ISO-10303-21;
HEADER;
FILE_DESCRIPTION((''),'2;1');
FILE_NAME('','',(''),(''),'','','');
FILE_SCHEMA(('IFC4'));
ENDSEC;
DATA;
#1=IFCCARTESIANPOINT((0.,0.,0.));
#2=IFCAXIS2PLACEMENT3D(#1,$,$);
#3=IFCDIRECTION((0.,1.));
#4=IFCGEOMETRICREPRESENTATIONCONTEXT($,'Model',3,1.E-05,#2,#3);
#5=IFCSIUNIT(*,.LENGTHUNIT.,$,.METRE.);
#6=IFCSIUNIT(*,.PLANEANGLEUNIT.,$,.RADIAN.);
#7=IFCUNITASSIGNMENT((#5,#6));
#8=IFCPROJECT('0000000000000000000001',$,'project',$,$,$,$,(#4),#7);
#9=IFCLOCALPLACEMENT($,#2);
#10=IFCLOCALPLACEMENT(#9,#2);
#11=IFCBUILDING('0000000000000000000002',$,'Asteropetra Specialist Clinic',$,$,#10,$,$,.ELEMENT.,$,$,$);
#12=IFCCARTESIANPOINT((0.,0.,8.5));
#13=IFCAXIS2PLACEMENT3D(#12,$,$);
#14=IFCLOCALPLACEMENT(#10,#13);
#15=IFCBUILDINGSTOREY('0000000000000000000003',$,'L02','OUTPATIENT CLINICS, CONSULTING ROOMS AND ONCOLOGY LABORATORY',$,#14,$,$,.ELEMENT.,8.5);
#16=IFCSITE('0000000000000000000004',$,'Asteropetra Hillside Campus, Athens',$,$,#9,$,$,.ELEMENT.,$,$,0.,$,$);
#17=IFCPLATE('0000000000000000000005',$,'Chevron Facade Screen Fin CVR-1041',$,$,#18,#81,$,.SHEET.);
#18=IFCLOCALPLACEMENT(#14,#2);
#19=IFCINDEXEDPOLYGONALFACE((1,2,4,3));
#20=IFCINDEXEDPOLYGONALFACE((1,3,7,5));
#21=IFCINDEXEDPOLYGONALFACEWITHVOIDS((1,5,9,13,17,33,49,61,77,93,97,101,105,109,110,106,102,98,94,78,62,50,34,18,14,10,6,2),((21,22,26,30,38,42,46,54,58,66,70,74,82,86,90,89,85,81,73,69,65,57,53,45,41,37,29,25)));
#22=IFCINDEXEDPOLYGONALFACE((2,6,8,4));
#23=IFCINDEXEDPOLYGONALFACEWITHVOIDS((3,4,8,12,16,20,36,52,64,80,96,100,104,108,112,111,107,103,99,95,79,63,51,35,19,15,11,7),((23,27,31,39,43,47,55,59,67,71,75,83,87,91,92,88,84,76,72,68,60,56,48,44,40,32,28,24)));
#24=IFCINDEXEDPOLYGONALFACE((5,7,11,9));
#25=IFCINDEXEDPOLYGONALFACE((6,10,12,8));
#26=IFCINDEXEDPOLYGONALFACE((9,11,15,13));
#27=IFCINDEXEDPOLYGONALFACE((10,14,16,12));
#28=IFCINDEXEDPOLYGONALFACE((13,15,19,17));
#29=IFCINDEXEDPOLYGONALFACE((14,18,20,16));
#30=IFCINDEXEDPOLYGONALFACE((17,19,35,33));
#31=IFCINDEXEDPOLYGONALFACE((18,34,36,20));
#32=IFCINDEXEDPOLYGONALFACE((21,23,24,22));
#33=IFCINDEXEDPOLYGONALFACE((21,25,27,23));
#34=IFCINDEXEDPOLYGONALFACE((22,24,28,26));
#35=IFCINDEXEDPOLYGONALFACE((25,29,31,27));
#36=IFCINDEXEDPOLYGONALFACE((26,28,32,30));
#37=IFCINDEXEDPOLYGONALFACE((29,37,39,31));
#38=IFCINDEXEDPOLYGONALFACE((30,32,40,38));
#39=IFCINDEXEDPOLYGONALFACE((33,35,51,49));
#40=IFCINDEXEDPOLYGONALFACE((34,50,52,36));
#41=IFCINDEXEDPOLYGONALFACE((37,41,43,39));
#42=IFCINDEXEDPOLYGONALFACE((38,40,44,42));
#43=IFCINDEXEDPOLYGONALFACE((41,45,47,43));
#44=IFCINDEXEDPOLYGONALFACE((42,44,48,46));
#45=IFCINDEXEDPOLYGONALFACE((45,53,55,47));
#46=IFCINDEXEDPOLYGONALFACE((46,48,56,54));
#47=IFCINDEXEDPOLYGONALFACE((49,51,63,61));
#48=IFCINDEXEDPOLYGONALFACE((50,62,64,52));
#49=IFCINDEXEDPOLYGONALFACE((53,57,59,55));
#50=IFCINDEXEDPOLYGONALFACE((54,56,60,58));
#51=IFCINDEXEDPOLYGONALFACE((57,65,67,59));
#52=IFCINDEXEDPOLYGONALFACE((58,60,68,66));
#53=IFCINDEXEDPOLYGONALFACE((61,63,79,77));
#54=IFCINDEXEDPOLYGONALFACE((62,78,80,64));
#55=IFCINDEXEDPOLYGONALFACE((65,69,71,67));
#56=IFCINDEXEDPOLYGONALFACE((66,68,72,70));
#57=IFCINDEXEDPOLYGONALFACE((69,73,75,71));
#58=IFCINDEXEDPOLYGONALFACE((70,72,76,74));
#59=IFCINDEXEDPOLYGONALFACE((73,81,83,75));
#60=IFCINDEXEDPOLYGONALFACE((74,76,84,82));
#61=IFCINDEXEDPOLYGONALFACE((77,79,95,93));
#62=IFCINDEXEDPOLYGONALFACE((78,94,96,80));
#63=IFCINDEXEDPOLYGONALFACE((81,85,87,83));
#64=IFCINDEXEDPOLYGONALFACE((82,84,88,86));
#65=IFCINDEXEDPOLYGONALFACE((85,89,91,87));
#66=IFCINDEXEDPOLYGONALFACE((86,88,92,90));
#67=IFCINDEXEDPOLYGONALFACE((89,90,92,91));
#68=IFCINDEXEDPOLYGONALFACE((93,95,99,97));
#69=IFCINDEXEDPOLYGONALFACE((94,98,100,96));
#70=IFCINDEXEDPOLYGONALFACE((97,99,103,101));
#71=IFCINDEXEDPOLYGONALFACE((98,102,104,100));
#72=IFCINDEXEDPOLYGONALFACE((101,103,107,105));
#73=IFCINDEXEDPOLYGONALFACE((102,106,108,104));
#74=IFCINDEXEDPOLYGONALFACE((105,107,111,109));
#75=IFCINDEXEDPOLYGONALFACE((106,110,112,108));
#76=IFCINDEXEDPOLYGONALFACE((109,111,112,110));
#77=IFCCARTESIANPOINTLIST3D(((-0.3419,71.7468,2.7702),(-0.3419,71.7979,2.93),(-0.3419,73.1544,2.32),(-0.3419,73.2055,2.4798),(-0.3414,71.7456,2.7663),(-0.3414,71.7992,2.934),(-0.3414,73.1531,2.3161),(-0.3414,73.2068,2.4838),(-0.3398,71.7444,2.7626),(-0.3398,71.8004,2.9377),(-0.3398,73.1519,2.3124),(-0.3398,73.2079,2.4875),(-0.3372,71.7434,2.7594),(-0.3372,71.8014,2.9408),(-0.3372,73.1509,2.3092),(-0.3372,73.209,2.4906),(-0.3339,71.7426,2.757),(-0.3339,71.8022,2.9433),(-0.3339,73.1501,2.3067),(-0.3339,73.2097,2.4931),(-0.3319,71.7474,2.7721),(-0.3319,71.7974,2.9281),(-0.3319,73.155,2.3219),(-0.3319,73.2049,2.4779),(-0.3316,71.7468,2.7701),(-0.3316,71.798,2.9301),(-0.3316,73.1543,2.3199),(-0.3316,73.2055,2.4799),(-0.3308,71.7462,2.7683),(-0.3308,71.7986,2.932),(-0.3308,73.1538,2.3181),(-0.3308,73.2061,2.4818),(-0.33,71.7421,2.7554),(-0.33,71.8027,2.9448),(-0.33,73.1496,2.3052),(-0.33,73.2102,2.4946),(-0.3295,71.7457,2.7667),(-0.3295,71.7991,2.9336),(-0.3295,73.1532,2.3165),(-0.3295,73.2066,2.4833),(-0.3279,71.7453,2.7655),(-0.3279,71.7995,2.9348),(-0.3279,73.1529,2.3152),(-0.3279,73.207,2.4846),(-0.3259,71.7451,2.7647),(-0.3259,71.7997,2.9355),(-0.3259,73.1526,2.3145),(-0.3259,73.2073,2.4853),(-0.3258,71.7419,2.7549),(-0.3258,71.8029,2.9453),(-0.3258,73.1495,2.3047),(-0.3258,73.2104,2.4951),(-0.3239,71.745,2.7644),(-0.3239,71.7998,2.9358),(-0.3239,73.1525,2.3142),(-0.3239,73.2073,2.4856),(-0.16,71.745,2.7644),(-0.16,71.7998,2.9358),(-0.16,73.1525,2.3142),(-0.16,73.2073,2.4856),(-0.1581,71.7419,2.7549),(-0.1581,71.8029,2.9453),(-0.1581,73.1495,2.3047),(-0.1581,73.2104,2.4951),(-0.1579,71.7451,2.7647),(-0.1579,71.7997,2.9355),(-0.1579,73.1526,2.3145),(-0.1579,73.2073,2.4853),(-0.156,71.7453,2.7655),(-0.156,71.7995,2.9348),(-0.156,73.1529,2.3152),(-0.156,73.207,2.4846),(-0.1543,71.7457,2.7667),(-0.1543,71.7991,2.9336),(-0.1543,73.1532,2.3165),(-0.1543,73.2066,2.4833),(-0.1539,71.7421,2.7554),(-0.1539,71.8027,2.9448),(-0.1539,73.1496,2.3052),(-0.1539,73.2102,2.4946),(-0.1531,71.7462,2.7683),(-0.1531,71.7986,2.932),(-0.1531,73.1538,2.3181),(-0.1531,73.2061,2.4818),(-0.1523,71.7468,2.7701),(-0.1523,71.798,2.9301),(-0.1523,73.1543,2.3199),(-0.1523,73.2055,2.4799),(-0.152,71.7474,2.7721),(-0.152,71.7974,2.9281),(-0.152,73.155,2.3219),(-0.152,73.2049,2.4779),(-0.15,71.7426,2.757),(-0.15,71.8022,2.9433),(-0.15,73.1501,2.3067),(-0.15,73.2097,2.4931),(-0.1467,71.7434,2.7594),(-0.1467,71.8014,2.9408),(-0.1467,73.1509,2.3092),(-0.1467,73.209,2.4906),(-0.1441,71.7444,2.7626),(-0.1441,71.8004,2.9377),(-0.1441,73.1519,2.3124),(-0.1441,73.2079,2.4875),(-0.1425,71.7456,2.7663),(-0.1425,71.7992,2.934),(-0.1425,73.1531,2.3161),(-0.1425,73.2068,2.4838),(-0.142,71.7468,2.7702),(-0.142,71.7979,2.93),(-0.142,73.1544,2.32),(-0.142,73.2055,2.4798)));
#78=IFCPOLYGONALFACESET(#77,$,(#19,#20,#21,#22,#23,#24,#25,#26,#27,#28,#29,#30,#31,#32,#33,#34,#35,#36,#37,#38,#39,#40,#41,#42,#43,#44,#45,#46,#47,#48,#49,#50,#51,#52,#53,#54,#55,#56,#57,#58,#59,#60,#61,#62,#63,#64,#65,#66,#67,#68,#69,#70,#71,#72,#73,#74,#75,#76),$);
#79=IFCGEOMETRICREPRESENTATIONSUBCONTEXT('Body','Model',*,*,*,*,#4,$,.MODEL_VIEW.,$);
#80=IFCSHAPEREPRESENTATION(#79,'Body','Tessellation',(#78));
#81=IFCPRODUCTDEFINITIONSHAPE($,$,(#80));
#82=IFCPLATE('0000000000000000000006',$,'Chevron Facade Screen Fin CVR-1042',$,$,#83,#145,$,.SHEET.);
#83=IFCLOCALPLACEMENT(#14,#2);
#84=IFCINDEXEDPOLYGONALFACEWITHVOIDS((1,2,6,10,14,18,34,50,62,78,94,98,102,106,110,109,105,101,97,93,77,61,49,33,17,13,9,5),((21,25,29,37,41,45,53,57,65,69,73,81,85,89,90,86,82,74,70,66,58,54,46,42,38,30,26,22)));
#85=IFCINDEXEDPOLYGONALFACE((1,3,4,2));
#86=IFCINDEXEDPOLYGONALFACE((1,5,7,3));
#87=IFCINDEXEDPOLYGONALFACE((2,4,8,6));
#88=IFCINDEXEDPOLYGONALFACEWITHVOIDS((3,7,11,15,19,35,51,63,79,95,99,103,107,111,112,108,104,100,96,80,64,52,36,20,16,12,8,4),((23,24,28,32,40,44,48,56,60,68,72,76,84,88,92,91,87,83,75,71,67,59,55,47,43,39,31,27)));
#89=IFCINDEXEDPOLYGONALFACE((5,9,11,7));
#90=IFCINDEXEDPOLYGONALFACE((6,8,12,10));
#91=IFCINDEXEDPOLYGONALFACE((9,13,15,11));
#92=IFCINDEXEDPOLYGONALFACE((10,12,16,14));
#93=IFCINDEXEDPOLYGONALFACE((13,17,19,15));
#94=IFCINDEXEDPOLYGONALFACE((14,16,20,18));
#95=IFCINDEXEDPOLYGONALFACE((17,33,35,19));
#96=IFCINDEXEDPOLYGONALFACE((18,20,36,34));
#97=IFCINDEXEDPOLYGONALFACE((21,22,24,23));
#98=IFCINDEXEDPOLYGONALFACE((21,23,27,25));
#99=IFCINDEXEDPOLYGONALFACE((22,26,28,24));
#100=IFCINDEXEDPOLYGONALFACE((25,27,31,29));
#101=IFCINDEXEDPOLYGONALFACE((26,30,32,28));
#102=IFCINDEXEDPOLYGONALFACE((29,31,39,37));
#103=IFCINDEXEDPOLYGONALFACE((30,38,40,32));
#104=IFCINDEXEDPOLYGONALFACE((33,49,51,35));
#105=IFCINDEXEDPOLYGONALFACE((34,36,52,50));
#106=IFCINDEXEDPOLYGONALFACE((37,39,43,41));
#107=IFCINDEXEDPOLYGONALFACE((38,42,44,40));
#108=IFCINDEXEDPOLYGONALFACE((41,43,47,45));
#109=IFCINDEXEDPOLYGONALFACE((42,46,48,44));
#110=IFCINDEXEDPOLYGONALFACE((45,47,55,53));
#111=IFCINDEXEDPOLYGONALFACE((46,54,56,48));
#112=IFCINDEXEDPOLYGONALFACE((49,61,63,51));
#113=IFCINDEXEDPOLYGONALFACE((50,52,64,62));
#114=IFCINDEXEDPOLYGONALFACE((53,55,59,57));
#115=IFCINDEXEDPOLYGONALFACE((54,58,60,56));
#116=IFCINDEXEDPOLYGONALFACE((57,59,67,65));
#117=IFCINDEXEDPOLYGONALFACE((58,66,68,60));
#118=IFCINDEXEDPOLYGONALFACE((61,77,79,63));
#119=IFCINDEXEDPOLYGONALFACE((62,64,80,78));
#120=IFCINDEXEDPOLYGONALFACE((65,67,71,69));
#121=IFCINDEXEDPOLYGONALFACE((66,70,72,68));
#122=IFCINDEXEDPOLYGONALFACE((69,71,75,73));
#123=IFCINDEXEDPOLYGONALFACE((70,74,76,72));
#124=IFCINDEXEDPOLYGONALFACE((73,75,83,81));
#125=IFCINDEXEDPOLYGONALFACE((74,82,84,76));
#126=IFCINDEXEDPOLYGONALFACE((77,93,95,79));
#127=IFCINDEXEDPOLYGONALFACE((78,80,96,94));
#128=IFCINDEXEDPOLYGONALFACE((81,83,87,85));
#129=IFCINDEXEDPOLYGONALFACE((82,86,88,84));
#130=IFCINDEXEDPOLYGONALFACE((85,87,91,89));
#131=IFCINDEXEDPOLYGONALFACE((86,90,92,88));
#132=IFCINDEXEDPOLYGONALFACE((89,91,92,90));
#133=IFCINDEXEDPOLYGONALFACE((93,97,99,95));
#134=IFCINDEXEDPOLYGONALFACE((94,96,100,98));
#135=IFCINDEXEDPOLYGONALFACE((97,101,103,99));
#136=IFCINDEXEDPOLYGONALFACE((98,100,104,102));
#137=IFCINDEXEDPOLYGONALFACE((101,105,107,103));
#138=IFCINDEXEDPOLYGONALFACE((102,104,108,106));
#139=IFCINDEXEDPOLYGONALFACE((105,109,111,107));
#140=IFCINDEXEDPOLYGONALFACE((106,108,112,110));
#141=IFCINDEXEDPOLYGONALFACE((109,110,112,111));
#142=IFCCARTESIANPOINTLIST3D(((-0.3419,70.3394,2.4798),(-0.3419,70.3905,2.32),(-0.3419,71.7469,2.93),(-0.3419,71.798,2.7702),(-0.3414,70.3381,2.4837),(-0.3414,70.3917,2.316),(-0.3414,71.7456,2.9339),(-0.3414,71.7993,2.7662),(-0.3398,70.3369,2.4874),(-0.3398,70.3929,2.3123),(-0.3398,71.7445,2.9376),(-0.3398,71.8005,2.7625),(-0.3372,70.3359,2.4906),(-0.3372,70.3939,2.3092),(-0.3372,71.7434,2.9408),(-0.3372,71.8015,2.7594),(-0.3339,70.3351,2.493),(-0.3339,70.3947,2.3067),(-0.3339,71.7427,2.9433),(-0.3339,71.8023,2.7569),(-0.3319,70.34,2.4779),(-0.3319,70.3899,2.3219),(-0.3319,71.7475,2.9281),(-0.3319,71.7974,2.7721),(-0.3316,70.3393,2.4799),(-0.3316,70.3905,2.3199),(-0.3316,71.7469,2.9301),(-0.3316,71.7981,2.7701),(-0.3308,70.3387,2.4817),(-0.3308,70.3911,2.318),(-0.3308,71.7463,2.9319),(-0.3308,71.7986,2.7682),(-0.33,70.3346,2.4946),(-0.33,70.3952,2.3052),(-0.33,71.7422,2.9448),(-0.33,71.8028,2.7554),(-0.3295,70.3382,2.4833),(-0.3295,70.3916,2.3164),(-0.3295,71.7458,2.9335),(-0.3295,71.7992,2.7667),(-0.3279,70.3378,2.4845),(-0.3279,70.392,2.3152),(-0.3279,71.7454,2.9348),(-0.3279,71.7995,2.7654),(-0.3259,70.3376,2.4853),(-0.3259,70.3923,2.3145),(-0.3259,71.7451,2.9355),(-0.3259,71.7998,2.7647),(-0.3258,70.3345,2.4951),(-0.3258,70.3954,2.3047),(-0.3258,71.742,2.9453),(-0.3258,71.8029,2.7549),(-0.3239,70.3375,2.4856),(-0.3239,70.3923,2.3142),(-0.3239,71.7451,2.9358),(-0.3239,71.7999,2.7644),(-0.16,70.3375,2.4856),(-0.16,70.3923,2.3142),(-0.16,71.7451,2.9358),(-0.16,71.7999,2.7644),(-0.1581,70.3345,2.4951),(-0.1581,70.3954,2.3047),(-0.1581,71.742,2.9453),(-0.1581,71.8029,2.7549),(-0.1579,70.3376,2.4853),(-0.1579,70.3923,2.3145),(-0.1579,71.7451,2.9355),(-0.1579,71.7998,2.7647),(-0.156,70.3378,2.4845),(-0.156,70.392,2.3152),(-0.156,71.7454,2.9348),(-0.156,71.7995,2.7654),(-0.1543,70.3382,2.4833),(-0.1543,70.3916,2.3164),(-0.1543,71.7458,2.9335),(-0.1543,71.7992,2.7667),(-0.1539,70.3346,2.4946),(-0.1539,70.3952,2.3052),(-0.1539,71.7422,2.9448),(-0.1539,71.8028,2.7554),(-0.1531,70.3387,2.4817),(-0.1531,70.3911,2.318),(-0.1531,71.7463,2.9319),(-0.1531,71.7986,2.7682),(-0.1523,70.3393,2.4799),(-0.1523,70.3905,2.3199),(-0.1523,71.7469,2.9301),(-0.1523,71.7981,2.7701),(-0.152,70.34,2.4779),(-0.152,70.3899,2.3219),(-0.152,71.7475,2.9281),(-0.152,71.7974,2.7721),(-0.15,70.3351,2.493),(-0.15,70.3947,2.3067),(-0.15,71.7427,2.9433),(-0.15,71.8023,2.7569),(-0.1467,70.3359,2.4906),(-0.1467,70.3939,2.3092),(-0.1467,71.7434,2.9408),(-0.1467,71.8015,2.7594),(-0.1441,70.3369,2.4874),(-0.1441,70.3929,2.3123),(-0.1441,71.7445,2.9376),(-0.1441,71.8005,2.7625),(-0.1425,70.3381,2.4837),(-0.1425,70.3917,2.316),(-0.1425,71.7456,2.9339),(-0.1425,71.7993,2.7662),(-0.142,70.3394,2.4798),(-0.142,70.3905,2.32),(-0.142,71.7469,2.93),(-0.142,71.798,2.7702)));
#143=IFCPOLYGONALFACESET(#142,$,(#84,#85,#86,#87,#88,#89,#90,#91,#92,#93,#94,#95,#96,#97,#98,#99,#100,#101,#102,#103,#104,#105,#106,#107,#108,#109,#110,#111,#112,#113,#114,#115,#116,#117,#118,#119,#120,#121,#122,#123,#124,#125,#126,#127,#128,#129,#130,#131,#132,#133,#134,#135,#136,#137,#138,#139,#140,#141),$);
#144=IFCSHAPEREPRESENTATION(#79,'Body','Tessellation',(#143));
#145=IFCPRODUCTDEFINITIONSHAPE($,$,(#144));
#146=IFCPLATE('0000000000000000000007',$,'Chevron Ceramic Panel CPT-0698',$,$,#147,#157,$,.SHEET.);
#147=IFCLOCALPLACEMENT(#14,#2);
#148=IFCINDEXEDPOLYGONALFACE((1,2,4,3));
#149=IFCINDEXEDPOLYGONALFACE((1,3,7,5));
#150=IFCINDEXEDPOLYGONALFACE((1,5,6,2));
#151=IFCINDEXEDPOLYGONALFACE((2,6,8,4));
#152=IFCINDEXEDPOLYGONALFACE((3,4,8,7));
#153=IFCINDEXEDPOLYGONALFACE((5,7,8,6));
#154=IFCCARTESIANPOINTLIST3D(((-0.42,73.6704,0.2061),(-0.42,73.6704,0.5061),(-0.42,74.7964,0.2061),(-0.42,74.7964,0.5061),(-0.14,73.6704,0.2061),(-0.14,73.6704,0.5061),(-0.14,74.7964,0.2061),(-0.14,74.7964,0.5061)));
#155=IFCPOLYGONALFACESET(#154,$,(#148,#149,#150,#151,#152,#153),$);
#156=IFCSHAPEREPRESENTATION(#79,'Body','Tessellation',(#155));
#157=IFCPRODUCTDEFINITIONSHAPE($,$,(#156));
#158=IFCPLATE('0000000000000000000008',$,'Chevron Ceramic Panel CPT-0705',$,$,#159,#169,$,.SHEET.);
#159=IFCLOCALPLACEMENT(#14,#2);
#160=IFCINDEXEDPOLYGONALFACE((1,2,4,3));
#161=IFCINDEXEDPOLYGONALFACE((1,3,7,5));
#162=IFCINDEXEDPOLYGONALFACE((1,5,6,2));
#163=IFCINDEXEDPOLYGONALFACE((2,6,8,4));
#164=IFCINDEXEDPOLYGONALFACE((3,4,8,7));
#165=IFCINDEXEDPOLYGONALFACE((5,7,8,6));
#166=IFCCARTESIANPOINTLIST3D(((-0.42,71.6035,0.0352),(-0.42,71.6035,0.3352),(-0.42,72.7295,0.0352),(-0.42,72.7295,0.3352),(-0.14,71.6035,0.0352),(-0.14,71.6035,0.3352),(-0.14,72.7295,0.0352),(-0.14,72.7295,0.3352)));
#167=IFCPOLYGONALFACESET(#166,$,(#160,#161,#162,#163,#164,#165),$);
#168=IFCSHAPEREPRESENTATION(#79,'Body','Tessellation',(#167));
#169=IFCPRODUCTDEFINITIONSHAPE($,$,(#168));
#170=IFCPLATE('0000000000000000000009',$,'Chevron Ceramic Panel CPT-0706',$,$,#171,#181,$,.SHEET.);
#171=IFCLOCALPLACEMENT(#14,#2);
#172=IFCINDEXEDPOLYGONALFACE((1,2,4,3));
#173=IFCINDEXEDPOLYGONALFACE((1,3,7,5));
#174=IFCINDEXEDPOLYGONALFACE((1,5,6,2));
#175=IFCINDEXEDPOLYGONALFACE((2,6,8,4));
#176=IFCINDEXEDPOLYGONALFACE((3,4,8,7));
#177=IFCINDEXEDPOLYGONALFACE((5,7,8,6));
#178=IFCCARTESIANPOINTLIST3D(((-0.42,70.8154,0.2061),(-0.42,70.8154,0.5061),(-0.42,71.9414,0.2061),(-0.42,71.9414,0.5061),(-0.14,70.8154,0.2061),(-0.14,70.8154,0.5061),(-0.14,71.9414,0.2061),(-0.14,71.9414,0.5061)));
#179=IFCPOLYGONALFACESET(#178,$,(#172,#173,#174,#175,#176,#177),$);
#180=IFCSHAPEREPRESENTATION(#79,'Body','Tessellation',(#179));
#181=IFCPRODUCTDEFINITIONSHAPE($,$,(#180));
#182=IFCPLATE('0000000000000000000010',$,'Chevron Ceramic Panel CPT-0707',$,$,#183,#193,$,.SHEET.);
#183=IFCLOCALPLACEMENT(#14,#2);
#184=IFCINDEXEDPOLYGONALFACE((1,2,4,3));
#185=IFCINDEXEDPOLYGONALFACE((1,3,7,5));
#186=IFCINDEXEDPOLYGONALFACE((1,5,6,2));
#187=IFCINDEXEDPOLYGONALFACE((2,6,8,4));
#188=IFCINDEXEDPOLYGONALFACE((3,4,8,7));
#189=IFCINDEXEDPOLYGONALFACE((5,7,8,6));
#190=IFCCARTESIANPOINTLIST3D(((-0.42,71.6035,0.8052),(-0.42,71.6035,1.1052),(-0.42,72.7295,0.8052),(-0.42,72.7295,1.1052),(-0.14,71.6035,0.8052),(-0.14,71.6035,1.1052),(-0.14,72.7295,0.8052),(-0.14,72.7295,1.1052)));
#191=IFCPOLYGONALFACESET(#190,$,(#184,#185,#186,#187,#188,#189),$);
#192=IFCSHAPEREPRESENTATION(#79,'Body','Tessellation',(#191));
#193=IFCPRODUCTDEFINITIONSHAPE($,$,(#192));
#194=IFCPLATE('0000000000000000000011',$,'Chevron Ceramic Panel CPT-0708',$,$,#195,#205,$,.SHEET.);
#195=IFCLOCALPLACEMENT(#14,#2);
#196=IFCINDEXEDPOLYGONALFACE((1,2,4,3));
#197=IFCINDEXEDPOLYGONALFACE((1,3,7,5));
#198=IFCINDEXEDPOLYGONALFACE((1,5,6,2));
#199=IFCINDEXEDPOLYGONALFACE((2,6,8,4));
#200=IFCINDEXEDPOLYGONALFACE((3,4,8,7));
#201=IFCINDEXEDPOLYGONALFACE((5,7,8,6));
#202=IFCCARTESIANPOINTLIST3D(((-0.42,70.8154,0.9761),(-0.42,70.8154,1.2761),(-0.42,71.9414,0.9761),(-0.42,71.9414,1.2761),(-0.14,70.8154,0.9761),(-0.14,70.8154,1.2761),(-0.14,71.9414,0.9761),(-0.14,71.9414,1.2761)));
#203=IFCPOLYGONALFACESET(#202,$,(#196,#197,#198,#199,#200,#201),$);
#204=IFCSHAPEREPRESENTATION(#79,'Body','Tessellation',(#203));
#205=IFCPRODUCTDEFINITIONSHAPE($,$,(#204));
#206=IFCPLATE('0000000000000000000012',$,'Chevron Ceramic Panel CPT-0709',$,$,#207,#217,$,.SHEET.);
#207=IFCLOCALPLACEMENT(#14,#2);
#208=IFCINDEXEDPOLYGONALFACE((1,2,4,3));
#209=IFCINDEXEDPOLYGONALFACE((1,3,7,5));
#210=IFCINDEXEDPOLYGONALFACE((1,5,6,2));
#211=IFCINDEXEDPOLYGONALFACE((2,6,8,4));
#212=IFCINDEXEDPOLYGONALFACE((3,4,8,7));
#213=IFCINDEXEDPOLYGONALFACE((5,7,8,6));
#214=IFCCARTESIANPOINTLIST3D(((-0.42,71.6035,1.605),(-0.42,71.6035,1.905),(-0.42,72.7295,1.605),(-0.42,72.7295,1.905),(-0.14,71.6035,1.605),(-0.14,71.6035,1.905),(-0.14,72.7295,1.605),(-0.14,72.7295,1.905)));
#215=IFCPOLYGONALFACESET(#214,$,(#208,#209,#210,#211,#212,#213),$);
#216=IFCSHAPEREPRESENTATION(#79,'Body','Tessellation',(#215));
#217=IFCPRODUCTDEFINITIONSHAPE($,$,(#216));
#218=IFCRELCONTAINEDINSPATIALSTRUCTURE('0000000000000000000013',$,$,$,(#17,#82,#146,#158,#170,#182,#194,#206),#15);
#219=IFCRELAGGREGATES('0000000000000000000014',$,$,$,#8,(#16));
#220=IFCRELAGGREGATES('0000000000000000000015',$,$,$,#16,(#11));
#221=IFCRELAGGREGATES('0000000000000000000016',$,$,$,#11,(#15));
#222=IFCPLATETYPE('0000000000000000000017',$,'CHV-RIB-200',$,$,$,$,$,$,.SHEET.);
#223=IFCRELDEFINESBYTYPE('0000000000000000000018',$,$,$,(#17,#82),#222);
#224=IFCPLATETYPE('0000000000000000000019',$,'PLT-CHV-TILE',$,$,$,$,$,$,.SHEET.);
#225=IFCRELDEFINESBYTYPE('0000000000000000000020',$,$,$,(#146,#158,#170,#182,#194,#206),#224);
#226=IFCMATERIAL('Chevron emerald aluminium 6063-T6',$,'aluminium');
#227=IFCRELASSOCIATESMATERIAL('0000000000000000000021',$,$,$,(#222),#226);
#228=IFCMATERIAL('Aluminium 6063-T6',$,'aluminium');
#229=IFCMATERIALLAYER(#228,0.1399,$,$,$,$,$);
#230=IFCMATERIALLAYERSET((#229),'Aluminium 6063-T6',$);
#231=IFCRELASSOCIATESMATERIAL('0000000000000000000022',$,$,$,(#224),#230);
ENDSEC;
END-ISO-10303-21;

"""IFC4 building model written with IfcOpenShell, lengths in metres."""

from ifc_helpers import new_model, si_unit, direction, frame, origin, origin_2d, place, context, subcontext, project, spatial, rectangle, hollow_rectangle, extrude, material, layer, layer_set, material_profile, profile_set, type_object, element, save


model = new_model("IFC4")

# Units and contexts
model_context = context("Model", 3, precision=1e-05, world=origin(), true_north=direction((0.0, 1.0)))
body_context = subcontext(model_context, "Body", "Model", "MODEL_VIEW")
ifc_project = project(units=[si_unit("LENGTHUNIT", "METRE"), si_unit("PLANEANGLEUNIT", "RADIAN")], contexts=[model_context])

# Site, building, storey
site_placement = place(None, origin())
site = spatial("IfcSite", under=ifc_project, at=site_placement, Name="Asteropetra Hillside Campus, Athens", CompositionType="ELEMENT", RefElevation=0.0)
building_placement = place(site_placement, origin())
building = spatial("IfcBuilding", under=site, at=building_placement, Name="Asteropetra Specialist Clinic", CompositionType="ELEMENT")
storey_placement = place(building_placement, frame((0.0, 0.0, 8.5)))
storey = spatial("IfcBuildingStorey", under=building, at=storey_placement, Name="L02", Description="OUTPATIENT CLINICS, CONSULTING ROOMS AND ONCOLOGY LABORATORY", CompositionType="ELEMENT", Elevation=8.5)

# Plates
ifc_material_1 = material(Name="Chevron emerald aluminium 6063-T6", Category="aluminium")
ifc_material_profile_1 = material_profile(ifc_material_1, hollow_rectangle(XDim=0.2, YDim=0.2, WallThickness=0.01, InnerFilletRadius=0.0081, OuterFilletRadius=0.0161, at=origin_2d()), Name="SHS 200x200x10.0")
ifc_profile_set_1 = profile_set([ifc_material_profile_1], Name="Chevron emerald aluminium 6063-T6")
plate_type_1 = type_object("IfcPlateType", Name="CHV-RIB-200", PredefinedType="SHEET", material=ifc_profile_set_1)
for number, where, z_axis, x_axis, name in (
    (1, (-0.2419, 73.1799, 2.3999), (0.0, -0.952463, 0.304656), (1.0, 0.0, 0.0), "Chevron Facade Screen Fin CVR-1041"),
    (2, (-0.2419, 71.7725, 2.8501), (0.0, -0.952463, -0.304656), (1.0, 0.0, 0.0), "Chevron Facade Screen Fin CVR-1042"),
):
    element("IfcPlate", number, at=place(storey_placement, frame(where, z_axis=z_axis, x_axis=x_axis)), inside=storey, type_object=plate_type_1, Name=name, PredefinedType="SHEET", context=body_context, shape_type="SweptSolid", body=[
        extrude(hollow_rectangle(XDim=0.2, YDim=0.2, WallThickness=0.01, InnerFilletRadius=0.0081, OuterFilletRadius=0.0161, at=origin_2d()), origin(), (0.0, 0.0, 1.0), 1.4778),
    ])
ifc_material_2 = material(Name="Aluminium 6063-T6", Category="aluminium")
ifc_layer_1 = layer(ifc_material_2, 0.1399)
ifc_layer_set_1 = layer_set([ifc_layer_1], Name="Aluminium 6063-T6")
plate_type_2 = type_object("IfcPlateType", Name="PLT-CHV-TILE", PredefinedType="SHEET", material=ifc_layer_set_1)
for number, where, z_axis, x_axis, name in (
    (3, (-0.28, 74.2334, 0.2061), (0.0, 0.0, 1.0), (1.0, 0.0, 0.0), "Chevron Ceramic Panel CPT-0698"),
    (4, (-0.28, 72.1665, 0.0352), (0.0, 0.0, 1.0), (1.0, 0.0, 0.0), "Chevron Ceramic Panel CPT-0705"),
    (5, (-0.28, 71.3784, 0.2061), (0.0, 0.0, 1.0), (1.0, 0.0, 0.0), "Chevron Ceramic Panel CPT-0706"),
    (6, (-0.28, 72.1665, 0.8052), (0.0, 0.0, 1.0), (1.0, 0.0, 0.0), "Chevron Ceramic Panel CPT-0707"),
    (7, (-0.28, 71.3784, 0.9761), (0.0, 0.0, 1.0), (1.0, 0.0, 0.0), "Chevron Ceramic Panel CPT-0708"),
    (8, (-0.28, 72.1665, 1.605), (0.0, 0.0, 1.0), (1.0, 0.0, 0.0), "Chevron Ceramic Panel CPT-0709"),
):
    element("IfcPlate", number, at=place(storey_placement, frame(where, z_axis=z_axis, x_axis=x_axis)), inside=storey, type_object=plate_type_2, Name=name, PredefinedType="SHEET", context=body_context, shape_type="SweptSolid", body=[
        extrude(rectangle(XDim=0.28, YDim=1.126, at=origin_2d()), origin(), (0.0, 0.0, 1.0), 0.3),
    ])

save(model, "model.ifc")
